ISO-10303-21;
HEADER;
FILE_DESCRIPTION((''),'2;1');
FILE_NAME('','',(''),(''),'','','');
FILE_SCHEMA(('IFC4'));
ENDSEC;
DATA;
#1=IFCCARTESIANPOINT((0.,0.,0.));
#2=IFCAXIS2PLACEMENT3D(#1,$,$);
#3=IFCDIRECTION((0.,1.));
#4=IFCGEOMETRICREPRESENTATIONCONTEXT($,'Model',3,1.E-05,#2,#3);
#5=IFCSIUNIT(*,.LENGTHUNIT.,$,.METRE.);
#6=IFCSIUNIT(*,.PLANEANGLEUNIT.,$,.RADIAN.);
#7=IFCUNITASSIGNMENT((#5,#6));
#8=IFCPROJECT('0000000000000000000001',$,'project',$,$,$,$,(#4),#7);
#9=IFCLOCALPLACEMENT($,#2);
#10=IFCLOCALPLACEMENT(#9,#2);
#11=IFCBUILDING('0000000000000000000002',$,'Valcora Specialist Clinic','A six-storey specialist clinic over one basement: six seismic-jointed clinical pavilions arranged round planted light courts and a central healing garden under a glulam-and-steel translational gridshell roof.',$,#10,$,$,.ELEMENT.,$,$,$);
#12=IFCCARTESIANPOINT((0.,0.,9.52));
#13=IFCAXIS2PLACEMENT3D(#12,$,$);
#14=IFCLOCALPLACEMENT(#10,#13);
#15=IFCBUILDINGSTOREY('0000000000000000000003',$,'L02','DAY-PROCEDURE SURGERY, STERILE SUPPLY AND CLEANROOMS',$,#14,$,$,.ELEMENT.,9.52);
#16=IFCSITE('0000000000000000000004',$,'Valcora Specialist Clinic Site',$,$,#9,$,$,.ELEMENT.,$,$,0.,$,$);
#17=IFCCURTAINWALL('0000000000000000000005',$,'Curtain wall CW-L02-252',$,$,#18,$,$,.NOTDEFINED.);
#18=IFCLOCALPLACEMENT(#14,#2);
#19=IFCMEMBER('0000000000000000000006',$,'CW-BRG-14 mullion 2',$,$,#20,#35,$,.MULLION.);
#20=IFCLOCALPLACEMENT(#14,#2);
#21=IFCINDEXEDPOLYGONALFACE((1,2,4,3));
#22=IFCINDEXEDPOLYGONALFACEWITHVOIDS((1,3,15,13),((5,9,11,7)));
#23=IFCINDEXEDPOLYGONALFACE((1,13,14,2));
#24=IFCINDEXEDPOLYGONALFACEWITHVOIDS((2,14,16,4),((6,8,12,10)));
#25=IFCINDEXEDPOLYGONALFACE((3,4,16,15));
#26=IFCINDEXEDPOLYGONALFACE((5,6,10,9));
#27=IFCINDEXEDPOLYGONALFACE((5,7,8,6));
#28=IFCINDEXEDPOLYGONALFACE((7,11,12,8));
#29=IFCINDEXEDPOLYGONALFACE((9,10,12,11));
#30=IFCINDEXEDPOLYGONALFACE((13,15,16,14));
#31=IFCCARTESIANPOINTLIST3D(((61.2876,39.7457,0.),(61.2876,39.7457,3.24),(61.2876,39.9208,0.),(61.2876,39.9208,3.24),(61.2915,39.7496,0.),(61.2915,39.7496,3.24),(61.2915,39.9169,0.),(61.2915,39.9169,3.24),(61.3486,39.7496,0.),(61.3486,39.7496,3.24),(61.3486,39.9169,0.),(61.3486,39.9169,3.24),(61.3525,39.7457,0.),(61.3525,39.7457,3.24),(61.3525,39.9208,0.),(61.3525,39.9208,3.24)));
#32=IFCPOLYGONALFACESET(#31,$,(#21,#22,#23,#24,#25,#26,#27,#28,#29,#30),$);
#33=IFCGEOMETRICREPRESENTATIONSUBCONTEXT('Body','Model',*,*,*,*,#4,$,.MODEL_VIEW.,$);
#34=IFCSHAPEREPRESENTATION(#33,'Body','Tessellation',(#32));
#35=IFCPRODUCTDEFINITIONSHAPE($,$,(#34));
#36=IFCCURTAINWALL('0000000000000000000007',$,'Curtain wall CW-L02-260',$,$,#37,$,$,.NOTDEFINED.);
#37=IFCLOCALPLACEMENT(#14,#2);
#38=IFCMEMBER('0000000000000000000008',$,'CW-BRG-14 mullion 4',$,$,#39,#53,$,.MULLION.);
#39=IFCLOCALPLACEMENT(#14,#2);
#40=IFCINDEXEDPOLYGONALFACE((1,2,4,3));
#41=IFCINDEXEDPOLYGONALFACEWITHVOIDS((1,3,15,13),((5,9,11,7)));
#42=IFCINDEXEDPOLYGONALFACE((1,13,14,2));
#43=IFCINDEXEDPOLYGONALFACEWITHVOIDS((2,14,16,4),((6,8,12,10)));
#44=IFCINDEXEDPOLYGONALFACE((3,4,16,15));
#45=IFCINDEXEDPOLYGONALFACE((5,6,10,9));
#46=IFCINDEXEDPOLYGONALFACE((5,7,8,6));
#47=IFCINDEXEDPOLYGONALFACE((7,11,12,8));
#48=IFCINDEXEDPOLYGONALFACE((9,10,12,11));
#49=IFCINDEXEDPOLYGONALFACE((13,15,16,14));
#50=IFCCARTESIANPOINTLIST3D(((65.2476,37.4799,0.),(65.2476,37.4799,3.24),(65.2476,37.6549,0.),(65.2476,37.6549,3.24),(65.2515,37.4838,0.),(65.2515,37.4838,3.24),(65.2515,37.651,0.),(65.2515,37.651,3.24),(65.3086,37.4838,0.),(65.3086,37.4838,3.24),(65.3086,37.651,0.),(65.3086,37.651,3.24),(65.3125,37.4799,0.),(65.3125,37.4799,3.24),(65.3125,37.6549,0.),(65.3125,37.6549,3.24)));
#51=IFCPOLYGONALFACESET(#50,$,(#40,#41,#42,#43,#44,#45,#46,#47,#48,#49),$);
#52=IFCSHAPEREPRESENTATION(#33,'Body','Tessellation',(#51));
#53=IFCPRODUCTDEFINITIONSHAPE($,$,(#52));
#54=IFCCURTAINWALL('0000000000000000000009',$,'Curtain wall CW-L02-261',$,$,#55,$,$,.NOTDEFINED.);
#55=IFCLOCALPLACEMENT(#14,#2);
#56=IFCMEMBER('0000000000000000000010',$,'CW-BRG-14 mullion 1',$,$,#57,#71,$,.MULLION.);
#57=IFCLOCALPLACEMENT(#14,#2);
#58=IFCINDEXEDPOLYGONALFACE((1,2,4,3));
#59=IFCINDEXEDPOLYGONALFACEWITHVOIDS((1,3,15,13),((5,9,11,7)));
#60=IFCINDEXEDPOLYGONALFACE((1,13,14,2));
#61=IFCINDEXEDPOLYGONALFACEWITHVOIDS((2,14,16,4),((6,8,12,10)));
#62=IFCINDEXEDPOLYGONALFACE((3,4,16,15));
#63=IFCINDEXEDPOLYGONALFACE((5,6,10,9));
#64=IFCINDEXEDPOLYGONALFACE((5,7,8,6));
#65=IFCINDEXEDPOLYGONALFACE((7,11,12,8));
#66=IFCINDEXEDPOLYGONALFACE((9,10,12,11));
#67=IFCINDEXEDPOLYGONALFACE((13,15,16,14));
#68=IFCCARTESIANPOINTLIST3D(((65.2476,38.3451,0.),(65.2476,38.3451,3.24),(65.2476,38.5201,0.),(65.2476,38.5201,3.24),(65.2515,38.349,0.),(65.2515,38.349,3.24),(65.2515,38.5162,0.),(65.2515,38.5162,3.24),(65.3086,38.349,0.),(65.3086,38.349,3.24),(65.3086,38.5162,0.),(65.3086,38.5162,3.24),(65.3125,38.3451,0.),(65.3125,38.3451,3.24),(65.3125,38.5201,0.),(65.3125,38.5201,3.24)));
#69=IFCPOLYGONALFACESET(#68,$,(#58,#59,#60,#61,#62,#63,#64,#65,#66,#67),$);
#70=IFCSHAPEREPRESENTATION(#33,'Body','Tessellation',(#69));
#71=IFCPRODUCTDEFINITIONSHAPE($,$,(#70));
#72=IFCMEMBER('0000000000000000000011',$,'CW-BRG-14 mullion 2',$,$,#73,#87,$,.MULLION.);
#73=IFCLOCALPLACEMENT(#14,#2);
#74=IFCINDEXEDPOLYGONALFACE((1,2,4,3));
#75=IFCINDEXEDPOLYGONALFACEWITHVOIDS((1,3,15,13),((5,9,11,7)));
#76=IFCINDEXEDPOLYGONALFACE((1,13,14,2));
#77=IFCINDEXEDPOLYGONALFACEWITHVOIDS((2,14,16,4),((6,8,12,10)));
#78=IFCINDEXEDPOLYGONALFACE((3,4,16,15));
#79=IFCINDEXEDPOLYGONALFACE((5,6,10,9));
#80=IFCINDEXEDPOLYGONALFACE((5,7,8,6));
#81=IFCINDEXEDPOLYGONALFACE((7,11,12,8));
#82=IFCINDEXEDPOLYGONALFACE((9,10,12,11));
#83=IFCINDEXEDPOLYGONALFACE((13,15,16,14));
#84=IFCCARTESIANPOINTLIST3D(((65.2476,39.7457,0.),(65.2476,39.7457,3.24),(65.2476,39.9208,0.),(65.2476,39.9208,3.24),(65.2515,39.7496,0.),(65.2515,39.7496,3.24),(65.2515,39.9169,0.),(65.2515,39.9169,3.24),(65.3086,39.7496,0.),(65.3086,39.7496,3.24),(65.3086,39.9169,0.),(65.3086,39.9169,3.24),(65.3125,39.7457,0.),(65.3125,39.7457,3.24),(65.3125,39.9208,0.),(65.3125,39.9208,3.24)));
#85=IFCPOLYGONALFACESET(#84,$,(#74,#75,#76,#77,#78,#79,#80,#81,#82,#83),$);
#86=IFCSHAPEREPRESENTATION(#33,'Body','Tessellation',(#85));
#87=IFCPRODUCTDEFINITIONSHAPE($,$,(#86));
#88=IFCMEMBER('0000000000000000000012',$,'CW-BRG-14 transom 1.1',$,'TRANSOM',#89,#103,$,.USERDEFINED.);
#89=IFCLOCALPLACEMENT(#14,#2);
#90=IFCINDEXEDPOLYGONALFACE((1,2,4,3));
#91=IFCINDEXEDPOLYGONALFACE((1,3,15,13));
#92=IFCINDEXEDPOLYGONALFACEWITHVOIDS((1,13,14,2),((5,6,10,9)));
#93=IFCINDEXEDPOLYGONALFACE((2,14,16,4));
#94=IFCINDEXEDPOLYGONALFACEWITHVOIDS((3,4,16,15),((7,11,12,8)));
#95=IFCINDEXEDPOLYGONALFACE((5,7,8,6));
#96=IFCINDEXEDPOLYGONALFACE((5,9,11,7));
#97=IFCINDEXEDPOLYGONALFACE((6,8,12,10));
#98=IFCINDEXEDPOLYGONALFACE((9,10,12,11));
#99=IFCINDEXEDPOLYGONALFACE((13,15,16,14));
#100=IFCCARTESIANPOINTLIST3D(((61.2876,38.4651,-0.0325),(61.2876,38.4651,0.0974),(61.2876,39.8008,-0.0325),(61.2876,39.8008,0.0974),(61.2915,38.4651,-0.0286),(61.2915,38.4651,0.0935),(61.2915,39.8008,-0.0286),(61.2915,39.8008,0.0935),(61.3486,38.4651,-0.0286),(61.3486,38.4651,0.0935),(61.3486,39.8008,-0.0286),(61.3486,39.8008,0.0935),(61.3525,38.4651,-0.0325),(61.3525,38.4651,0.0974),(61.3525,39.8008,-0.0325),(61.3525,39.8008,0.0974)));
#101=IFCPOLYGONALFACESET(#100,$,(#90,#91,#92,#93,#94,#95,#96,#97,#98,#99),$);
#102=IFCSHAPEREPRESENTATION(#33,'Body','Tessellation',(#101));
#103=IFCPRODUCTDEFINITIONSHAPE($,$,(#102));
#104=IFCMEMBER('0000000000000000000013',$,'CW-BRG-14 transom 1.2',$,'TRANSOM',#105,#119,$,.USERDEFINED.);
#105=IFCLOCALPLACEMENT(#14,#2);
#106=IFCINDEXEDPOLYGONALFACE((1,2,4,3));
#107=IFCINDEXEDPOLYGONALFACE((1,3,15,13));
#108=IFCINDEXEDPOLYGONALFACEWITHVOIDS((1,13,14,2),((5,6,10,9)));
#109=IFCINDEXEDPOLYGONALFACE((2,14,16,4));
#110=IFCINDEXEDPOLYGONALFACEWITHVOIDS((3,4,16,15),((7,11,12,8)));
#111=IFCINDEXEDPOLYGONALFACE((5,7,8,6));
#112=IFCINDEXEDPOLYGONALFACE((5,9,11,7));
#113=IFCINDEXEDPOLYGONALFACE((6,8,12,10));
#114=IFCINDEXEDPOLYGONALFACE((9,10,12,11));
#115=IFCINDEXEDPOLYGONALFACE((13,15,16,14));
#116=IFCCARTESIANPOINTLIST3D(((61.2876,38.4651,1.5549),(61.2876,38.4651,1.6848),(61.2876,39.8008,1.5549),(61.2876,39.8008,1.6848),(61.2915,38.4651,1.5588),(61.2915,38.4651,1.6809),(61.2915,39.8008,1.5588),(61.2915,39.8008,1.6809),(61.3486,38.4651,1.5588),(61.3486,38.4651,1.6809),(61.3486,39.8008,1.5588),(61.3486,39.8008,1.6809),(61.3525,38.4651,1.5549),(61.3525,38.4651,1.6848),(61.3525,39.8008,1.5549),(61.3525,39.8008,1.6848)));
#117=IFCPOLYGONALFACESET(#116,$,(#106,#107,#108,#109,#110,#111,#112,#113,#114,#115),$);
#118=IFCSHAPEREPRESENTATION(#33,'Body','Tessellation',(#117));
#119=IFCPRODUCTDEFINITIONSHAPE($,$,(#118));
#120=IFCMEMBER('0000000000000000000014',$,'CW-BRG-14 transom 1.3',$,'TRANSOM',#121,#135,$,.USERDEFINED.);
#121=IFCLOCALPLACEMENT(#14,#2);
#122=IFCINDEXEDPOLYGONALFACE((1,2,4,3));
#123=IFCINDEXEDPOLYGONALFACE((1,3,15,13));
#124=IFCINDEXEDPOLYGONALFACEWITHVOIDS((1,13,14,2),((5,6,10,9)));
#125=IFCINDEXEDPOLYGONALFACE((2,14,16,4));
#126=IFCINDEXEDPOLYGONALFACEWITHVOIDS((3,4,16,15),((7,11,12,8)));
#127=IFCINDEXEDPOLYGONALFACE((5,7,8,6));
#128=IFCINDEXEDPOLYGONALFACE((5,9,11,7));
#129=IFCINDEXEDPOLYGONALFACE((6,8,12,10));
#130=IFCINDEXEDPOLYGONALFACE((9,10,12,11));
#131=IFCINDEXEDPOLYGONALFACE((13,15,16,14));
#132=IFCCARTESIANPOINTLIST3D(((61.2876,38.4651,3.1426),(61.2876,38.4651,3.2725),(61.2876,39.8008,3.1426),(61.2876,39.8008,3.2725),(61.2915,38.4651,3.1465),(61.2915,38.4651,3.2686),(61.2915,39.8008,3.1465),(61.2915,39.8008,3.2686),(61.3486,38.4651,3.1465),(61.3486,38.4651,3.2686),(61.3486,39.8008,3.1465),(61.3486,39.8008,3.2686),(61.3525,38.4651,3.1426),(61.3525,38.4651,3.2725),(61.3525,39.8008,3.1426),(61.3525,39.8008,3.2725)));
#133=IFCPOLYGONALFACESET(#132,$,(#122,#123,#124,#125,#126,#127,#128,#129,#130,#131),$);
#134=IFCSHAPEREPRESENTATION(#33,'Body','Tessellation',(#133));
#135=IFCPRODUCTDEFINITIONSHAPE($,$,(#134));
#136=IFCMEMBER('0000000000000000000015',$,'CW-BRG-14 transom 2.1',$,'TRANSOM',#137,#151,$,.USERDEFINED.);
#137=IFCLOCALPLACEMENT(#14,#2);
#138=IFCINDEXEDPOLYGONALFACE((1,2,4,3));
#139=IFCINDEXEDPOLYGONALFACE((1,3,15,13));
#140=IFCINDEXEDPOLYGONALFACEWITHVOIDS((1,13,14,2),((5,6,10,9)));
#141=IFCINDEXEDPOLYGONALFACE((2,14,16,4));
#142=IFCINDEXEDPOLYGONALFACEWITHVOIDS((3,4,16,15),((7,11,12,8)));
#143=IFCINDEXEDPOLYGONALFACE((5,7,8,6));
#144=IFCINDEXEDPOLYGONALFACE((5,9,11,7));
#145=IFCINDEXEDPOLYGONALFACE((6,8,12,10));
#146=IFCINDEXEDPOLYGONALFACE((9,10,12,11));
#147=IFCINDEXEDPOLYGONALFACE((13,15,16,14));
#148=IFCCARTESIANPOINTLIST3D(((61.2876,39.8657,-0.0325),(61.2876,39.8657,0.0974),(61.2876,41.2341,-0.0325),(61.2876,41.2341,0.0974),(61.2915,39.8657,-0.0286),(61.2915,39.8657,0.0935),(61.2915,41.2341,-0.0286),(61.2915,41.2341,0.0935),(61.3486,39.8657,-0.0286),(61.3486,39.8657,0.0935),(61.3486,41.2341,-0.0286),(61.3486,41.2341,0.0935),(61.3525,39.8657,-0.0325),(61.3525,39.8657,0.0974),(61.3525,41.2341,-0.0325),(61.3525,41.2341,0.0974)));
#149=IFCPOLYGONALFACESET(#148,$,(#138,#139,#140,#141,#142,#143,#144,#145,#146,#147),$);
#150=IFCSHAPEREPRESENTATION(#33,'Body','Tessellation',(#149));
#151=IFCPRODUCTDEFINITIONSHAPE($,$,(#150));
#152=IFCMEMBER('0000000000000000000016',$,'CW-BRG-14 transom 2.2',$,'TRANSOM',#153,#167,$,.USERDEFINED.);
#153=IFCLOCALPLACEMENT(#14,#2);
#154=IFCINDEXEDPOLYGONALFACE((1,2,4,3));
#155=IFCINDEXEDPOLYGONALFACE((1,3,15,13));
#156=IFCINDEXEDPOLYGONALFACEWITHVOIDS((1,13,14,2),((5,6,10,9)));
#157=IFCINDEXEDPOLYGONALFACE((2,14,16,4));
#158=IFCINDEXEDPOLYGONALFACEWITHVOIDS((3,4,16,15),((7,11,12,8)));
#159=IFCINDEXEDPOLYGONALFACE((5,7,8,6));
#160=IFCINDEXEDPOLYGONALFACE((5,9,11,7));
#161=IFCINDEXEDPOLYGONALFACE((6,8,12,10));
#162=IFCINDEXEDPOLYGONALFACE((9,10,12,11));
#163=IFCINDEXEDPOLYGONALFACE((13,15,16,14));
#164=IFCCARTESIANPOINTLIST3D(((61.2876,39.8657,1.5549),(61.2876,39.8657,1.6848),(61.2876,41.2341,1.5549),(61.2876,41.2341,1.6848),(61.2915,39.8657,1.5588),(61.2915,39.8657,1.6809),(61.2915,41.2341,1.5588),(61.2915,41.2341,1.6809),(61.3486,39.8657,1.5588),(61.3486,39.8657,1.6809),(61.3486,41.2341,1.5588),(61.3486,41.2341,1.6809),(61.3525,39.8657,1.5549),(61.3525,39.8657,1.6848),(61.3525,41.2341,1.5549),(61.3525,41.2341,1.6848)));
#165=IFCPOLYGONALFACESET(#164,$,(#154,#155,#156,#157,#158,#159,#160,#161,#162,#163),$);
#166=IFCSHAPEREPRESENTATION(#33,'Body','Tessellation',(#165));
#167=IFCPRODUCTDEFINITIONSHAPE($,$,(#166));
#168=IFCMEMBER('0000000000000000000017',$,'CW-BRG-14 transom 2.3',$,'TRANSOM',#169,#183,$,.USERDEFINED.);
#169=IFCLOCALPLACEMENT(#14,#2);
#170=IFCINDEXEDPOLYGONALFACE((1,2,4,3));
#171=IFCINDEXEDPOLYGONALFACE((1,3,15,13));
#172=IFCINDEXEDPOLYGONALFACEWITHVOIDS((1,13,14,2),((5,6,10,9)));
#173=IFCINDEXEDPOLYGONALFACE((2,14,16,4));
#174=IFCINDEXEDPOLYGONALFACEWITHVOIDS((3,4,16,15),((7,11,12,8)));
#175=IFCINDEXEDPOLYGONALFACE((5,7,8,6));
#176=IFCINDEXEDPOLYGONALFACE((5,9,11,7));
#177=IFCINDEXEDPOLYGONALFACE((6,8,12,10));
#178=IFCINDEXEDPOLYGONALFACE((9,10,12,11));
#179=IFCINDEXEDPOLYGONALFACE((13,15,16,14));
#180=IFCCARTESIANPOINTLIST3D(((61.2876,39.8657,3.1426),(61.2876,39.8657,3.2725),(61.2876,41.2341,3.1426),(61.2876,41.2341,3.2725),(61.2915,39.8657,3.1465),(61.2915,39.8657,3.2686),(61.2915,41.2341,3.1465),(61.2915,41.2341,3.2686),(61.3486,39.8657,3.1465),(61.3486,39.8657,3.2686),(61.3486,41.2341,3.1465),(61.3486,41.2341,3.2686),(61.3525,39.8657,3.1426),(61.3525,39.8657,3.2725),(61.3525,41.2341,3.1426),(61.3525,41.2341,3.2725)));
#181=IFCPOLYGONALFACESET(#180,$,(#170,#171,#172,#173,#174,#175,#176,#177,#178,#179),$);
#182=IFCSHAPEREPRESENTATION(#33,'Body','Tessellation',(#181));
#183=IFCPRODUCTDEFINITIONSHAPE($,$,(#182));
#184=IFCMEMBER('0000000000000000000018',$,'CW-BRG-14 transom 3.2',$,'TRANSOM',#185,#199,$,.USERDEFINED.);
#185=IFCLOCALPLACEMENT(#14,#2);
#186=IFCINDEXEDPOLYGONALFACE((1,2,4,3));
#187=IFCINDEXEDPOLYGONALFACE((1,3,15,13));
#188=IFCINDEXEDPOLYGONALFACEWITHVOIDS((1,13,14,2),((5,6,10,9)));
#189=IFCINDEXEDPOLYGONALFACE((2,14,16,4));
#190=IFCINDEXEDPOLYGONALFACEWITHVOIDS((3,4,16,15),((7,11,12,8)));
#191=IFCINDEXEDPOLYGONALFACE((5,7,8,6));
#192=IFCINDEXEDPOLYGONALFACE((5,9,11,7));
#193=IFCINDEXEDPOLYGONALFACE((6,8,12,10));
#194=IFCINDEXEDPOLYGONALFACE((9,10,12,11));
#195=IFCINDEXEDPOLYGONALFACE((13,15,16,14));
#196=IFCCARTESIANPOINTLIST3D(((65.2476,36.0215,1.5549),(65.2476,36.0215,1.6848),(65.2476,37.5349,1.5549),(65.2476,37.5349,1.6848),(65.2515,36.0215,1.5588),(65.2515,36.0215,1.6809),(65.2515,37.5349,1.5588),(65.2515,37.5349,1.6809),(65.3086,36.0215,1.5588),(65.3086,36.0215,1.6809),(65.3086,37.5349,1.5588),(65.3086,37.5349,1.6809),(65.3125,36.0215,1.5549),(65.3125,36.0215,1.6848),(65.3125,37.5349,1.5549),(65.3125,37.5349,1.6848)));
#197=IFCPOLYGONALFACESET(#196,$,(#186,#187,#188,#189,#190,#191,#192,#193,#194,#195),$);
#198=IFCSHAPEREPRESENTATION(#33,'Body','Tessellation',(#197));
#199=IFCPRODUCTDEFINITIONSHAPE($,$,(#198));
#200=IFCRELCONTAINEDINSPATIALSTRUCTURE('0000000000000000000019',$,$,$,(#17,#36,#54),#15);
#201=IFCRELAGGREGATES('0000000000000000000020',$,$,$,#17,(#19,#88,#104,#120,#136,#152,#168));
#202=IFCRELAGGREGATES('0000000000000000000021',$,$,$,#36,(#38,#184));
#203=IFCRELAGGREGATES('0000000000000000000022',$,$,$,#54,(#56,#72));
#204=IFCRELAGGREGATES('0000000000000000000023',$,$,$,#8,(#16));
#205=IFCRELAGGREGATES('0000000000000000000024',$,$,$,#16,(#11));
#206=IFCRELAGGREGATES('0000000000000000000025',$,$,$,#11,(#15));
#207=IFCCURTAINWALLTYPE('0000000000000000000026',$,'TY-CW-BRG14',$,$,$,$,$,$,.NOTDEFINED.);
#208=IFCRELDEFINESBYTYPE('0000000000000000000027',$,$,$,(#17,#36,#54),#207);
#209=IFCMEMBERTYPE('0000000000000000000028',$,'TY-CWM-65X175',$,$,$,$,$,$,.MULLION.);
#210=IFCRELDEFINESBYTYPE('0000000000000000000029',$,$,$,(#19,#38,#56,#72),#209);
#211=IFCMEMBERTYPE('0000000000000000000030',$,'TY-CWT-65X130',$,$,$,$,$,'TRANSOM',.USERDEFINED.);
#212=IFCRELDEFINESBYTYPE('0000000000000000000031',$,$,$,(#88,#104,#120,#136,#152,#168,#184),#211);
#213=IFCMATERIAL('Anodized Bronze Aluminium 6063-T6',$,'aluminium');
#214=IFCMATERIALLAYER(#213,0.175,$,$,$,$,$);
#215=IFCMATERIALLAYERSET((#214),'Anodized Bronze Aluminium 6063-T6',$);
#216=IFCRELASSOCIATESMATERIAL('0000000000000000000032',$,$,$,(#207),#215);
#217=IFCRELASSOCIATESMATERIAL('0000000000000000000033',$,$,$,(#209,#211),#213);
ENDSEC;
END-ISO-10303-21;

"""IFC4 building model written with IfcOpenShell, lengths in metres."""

from ifc_helpers import new_model, si_unit, direction, frame, origin, origin_2d, place, context, subcontext, project, spatial, hollow_rectangle, extrude, material, layer, layer_set, material_profile, profile_set, type_object, element, aggregate, save


model = new_model("IFC4")

# Units and contexts
model_context = context("Model", 3, precision=1e-05, world=origin(), true_north=direction((0.0, 1.0)))
body_context = subcontext(model_context, "Body", "Model", "MODEL_VIEW")
ifc_project = project(units=[si_unit("LENGTHUNIT", "METRE"), si_unit("PLANEANGLEUNIT", "RADIAN")], contexts=[model_context])

# Site, building, storey
site_placement = place(None, origin())
site = spatial("IfcSite", under=ifc_project, at=site_placement, Name="Valcora Specialist Clinic Site", CompositionType="ELEMENT", RefElevation=0.0)
building_placement = place(site_placement, origin())
building = spatial("IfcBuilding", under=site, at=building_placement, Name="Valcora Specialist Clinic", Description="A six-storey specialist clinic over one basement: six seismic-jointed clinical pavilions arranged round planted light courts and a central healing garden under a glulam-and-steel translational gridshell roof.", CompositionType="ELEMENT")
storey_placement = place(building_placement, frame((0.0, 0.0, 9.52)))
storey = spatial("IfcBuildingStorey", under=building, at=storey_placement, Name="L02", Description="DAY-PROCEDURE SURGERY, STERILE SUPPLY AND CLEANROOMS", CompositionType="ELEMENT", Elevation=9.52)

# Shared definitions
ifc_material_1 = material(Name="Anodized Bronze Aluminium 6063-T6", Category="aluminium")
ifc_layer_1 = layer(ifc_material_1, 0.175)
ifc_layer_set_1 = layer_set([ifc_layer_1], Name="Anodized Bronze Aluminium 6063-T6")
curtain_wall_type = type_object("IfcCurtainWallType", Name="TY-CW-BRG14", PredefinedType="NOTDEFINED", material=ifc_layer_set_1)
ifc_material_profile_1 = material_profile(ifc_material_1, hollow_rectangle(XDim=0.0649, YDim=0.175, WallThickness=0.0039, at=origin_2d()), Name="AL-MUL-65X175")
ifc_profile_set_1 = profile_set([ifc_material_profile_1], Name="Anodized Bronze Aluminium 6063-T6")
member_type_1 = type_object("IfcMemberType", Name="TY-CWM-65X175", PredefinedType="MULLION", material=ifc_profile_set_1)

# Curtain wall, member
curtain_wall_1_placement = place(storey_placement, origin())
curtain_wall_1 = element("IfcCurtainWall", 1, at=curtain_wall_1_placement, inside=storey, type_object=curtain_wall_type, Name="Curtain wall CW-L02-252", PredefinedType="NOTDEFINED")
member_1_placement = place(storey_placement, frame((61.3201, 39.8333, 0.0), z_axis=(0.0, 0.0, 1.0), x_axis=(-1.0, 0.0, 0.0)))
member_1 = element("IfcMember", 2, at=member_1_placement, type_object=member_type_1, Name="CW-BRG-14 mullion 2", PredefinedType="MULLION", context=body_context, shape_type="SweptSolid", body=[
    extrude(hollow_rectangle(XDim=0.0649, YDim=0.175, WallThickness=0.0039, at=origin_2d()), origin(), (0.0, 0.0, 1.0), 3.24),
])

# Curtain wall, member
curtain_wall_2_placement = place(storey_placement, origin())
curtain_wall_2 = element("IfcCurtainWall", 3, at=curtain_wall_2_placement, inside=storey, type_object=curtain_wall_type, Name="Curtain wall CW-L02-260", PredefinedType="NOTDEFINED")
member_2_placement = place(storey_placement, frame((65.28, 37.5674, 0.0), z_axis=(0.0, 0.0, 1.0), x_axis=(-1.0, 0.0, 0.0)))
member_2 = element("IfcMember", 4, at=member_2_placement, type_object=member_type_1, Name="CW-BRG-14 mullion 4", PredefinedType="MULLION", context=body_context, shape_type="SweptSolid", body=[
    extrude(hollow_rectangle(XDim=0.0649, YDim=0.175, WallThickness=0.0039, at=origin_2d()), origin(), (0.0, 0.0, 1.0), 3.24),
])

# Curtain wall, members
curtain_wall_3_placement = place(storey_placement, origin())
curtain_wall_3 = element("IfcCurtainWall", 5, at=curtain_wall_3_placement, inside=storey, type_object=curtain_wall_type, Name="Curtain wall CW-L02-261", PredefinedType="NOTDEFINED")
member_3_placement = place(storey_placement, frame((65.28, 38.4326, 0.0), z_axis=(0.0, 0.0, 1.0), x_axis=(-1.0, 0.0, 0.0)))
member_3 = element("IfcMember", 6, at=member_3_placement, type_object=member_type_1, Name="CW-BRG-14 mullion 1", PredefinedType="MULLION", context=body_context, shape_type="SweptSolid", body=[
    extrude(hollow_rectangle(XDim=0.0649, YDim=0.175, WallThickness=0.0039, at=origin_2d()), origin(), (0.0, 0.0, 1.0), 3.24),
])
member_4_placement = place(storey_placement, frame((65.28, 39.8333, 0.0), z_axis=(0.0, 0.0, 1.0), x_axis=(-1.0, 0.0, 0.0)))
member_4 = element("IfcMember", 7, at=member_4_placement, type_object=member_type_1, Name="CW-BRG-14 mullion 2", PredefinedType="MULLION", context=body_context, shape_type="SweptSolid", body=[
    extrude(hollow_rectangle(XDim=0.0649, YDim=0.175, WallThickness=0.0039, at=origin_2d()), origin(), (0.0, 0.0, 1.0), 3.24),
])

# Members
ifc_material_profile_2 = material_profile(ifc_material_1, hollow_rectangle(XDim=0.0649, YDim=0.1299, WallThickness=0.0039, at=origin_2d()), Name="AL-TRN-65X130")
ifc_profile_set_2 = profile_set([ifc_material_profile_2], Name="Anodized Bronze Aluminium 6063-T6")
member_type_2 = type_object("IfcMemberType", Name="TY-CWT-65X130", ElementType="TRANSOM", PredefinedType="USERDEFINED", material=ifc_profile_set_2)
member_5_placement = place(storey_placement, frame((61.3201, 38.4651, 0.0325), z_axis=(0.0, 1.0, 0.0), x_axis=(-1.0, 0.0, 0.0)))
member_5 = element("IfcMember", 8, at=member_5_placement, type_object=member_type_2, Name="CW-BRG-14 transom 1.1", ObjectType="TRANSOM", PredefinedType="USERDEFINED", context=body_context, shape_type="SweptSolid", body=[
    extrude(hollow_rectangle(XDim=0.0649, YDim=0.1299, WallThickness=0.0039, at=origin_2d()), origin(), (0.0, 0.0, 1.0), 1.3357),
])
member_6_placement = place(storey_placement, frame((61.3201, 38.4651, 1.6199), z_axis=(0.0, 1.0, 0.0), x_axis=(-1.0, 0.0, 0.0)))
member_6 = element("IfcMember", 9, at=member_6_placement, type_object=member_type_2, Name="CW-BRG-14 transom 1.2", ObjectType="TRANSOM", PredefinedType="USERDEFINED", context=body_context, shape_type="SweptSolid", body=[
    extrude(hollow_rectangle(XDim=0.0649, YDim=0.1299, WallThickness=0.0039, at=origin_2d()), origin(), (0.0, 0.0, 1.0), 1.3357),
])
member_7_placement = place(storey_placement, frame((61.3201, 38.4651, 3.2075), z_axis=(0.0, 1.0, 0.0), x_axis=(-1.0, 0.0, 0.0)))
member_7 = element("IfcMember", 10, at=member_7_placement, type_object=member_type_2, Name="CW-BRG-14 transom 1.3", ObjectType="TRANSOM", PredefinedType="USERDEFINED", context=body_context, shape_type="SweptSolid", body=[
    extrude(hollow_rectangle(XDim=0.0649, YDim=0.1299, WallThickness=0.0039, at=origin_2d()), origin(), (0.0, 0.0, 1.0), 1.3357),
])
member_8_placement = place(storey_placement, frame((61.3201, 39.8657, 0.0325), z_axis=(0.0, 1.0, 0.0), x_axis=(-1.0, 0.0, 0.0)))
member_8 = element("IfcMember", 11, at=member_8_placement, type_object=member_type_2, Name="CW-BRG-14 transom 2.1", ObjectType="TRANSOM", PredefinedType="USERDEFINED", context=body_context, shape_type="SweptSolid", body=[
    extrude(hollow_rectangle(XDim=0.0649, YDim=0.1299, WallThickness=0.0039, at=origin_2d()), origin(), (0.0, 0.0, 1.0), 1.3684),
])
member_9_placement = place(storey_placement, frame((61.3201, 39.8657, 1.6199), z_axis=(0.0, 1.0, 0.0), x_axis=(-1.0, 0.0, 0.0)))
member_9 = element("IfcMember", 12, at=member_9_placement, type_object=member_type_2, Name="CW-BRG-14 transom 2.2", ObjectType="TRANSOM", PredefinedType="USERDEFINED", context=body_context, shape_type="SweptSolid", body=[
    extrude(hollow_rectangle(XDim=0.0649, YDim=0.1299, WallThickness=0.0039, at=origin_2d()), origin(), (0.0, 0.0, 1.0), 1.3684),
])
member_10_placement = place(storey_placement, frame((61.3201, 39.8657, 3.2075), z_axis=(0.0, 1.0, 0.0), x_axis=(-1.0, 0.0, 0.0)))
member_10 = element("IfcMember", 13, at=member_10_placement, type_object=member_type_2, Name="CW-BRG-14 transom 2.3", ObjectType="TRANSOM", PredefinedType="USERDEFINED", context=body_context, shape_type="SweptSolid", body=[
    extrude(hollow_rectangle(XDim=0.0649, YDim=0.1299, WallThickness=0.0039, at=origin_2d()), origin(), (0.0, 0.0, 1.0), 1.3684),
])
member_11_placement = place(storey_placement, frame((65.28, 36.0215, 1.6199), z_axis=(0.0, 1.0, 0.0), x_axis=(-1.0, 0.0, 0.0)))
member_11 = element("IfcMember", 14, at=member_11_placement, type_object=member_type_2, Name="CW-BRG-14 transom 3.2", ObjectType="TRANSOM", PredefinedType="USERDEFINED", context=body_context, shape_type="SweptSolid", body=[
    extrude(hollow_rectangle(XDim=0.0649, YDim=0.1299, WallThickness=0.0039, at=origin_2d()), origin(), (0.0, 0.0, 1.0), 1.5134),
])

aggregate(curtain_wall_1, [member_1, member_5, member_6, member_7, member_8, member_9, member_10])
aggregate(curtain_wall_2, [member_2, member_11])
aggregate(curtain_wall_3, [member_3, member_4])

save(model, "model.ifc")
